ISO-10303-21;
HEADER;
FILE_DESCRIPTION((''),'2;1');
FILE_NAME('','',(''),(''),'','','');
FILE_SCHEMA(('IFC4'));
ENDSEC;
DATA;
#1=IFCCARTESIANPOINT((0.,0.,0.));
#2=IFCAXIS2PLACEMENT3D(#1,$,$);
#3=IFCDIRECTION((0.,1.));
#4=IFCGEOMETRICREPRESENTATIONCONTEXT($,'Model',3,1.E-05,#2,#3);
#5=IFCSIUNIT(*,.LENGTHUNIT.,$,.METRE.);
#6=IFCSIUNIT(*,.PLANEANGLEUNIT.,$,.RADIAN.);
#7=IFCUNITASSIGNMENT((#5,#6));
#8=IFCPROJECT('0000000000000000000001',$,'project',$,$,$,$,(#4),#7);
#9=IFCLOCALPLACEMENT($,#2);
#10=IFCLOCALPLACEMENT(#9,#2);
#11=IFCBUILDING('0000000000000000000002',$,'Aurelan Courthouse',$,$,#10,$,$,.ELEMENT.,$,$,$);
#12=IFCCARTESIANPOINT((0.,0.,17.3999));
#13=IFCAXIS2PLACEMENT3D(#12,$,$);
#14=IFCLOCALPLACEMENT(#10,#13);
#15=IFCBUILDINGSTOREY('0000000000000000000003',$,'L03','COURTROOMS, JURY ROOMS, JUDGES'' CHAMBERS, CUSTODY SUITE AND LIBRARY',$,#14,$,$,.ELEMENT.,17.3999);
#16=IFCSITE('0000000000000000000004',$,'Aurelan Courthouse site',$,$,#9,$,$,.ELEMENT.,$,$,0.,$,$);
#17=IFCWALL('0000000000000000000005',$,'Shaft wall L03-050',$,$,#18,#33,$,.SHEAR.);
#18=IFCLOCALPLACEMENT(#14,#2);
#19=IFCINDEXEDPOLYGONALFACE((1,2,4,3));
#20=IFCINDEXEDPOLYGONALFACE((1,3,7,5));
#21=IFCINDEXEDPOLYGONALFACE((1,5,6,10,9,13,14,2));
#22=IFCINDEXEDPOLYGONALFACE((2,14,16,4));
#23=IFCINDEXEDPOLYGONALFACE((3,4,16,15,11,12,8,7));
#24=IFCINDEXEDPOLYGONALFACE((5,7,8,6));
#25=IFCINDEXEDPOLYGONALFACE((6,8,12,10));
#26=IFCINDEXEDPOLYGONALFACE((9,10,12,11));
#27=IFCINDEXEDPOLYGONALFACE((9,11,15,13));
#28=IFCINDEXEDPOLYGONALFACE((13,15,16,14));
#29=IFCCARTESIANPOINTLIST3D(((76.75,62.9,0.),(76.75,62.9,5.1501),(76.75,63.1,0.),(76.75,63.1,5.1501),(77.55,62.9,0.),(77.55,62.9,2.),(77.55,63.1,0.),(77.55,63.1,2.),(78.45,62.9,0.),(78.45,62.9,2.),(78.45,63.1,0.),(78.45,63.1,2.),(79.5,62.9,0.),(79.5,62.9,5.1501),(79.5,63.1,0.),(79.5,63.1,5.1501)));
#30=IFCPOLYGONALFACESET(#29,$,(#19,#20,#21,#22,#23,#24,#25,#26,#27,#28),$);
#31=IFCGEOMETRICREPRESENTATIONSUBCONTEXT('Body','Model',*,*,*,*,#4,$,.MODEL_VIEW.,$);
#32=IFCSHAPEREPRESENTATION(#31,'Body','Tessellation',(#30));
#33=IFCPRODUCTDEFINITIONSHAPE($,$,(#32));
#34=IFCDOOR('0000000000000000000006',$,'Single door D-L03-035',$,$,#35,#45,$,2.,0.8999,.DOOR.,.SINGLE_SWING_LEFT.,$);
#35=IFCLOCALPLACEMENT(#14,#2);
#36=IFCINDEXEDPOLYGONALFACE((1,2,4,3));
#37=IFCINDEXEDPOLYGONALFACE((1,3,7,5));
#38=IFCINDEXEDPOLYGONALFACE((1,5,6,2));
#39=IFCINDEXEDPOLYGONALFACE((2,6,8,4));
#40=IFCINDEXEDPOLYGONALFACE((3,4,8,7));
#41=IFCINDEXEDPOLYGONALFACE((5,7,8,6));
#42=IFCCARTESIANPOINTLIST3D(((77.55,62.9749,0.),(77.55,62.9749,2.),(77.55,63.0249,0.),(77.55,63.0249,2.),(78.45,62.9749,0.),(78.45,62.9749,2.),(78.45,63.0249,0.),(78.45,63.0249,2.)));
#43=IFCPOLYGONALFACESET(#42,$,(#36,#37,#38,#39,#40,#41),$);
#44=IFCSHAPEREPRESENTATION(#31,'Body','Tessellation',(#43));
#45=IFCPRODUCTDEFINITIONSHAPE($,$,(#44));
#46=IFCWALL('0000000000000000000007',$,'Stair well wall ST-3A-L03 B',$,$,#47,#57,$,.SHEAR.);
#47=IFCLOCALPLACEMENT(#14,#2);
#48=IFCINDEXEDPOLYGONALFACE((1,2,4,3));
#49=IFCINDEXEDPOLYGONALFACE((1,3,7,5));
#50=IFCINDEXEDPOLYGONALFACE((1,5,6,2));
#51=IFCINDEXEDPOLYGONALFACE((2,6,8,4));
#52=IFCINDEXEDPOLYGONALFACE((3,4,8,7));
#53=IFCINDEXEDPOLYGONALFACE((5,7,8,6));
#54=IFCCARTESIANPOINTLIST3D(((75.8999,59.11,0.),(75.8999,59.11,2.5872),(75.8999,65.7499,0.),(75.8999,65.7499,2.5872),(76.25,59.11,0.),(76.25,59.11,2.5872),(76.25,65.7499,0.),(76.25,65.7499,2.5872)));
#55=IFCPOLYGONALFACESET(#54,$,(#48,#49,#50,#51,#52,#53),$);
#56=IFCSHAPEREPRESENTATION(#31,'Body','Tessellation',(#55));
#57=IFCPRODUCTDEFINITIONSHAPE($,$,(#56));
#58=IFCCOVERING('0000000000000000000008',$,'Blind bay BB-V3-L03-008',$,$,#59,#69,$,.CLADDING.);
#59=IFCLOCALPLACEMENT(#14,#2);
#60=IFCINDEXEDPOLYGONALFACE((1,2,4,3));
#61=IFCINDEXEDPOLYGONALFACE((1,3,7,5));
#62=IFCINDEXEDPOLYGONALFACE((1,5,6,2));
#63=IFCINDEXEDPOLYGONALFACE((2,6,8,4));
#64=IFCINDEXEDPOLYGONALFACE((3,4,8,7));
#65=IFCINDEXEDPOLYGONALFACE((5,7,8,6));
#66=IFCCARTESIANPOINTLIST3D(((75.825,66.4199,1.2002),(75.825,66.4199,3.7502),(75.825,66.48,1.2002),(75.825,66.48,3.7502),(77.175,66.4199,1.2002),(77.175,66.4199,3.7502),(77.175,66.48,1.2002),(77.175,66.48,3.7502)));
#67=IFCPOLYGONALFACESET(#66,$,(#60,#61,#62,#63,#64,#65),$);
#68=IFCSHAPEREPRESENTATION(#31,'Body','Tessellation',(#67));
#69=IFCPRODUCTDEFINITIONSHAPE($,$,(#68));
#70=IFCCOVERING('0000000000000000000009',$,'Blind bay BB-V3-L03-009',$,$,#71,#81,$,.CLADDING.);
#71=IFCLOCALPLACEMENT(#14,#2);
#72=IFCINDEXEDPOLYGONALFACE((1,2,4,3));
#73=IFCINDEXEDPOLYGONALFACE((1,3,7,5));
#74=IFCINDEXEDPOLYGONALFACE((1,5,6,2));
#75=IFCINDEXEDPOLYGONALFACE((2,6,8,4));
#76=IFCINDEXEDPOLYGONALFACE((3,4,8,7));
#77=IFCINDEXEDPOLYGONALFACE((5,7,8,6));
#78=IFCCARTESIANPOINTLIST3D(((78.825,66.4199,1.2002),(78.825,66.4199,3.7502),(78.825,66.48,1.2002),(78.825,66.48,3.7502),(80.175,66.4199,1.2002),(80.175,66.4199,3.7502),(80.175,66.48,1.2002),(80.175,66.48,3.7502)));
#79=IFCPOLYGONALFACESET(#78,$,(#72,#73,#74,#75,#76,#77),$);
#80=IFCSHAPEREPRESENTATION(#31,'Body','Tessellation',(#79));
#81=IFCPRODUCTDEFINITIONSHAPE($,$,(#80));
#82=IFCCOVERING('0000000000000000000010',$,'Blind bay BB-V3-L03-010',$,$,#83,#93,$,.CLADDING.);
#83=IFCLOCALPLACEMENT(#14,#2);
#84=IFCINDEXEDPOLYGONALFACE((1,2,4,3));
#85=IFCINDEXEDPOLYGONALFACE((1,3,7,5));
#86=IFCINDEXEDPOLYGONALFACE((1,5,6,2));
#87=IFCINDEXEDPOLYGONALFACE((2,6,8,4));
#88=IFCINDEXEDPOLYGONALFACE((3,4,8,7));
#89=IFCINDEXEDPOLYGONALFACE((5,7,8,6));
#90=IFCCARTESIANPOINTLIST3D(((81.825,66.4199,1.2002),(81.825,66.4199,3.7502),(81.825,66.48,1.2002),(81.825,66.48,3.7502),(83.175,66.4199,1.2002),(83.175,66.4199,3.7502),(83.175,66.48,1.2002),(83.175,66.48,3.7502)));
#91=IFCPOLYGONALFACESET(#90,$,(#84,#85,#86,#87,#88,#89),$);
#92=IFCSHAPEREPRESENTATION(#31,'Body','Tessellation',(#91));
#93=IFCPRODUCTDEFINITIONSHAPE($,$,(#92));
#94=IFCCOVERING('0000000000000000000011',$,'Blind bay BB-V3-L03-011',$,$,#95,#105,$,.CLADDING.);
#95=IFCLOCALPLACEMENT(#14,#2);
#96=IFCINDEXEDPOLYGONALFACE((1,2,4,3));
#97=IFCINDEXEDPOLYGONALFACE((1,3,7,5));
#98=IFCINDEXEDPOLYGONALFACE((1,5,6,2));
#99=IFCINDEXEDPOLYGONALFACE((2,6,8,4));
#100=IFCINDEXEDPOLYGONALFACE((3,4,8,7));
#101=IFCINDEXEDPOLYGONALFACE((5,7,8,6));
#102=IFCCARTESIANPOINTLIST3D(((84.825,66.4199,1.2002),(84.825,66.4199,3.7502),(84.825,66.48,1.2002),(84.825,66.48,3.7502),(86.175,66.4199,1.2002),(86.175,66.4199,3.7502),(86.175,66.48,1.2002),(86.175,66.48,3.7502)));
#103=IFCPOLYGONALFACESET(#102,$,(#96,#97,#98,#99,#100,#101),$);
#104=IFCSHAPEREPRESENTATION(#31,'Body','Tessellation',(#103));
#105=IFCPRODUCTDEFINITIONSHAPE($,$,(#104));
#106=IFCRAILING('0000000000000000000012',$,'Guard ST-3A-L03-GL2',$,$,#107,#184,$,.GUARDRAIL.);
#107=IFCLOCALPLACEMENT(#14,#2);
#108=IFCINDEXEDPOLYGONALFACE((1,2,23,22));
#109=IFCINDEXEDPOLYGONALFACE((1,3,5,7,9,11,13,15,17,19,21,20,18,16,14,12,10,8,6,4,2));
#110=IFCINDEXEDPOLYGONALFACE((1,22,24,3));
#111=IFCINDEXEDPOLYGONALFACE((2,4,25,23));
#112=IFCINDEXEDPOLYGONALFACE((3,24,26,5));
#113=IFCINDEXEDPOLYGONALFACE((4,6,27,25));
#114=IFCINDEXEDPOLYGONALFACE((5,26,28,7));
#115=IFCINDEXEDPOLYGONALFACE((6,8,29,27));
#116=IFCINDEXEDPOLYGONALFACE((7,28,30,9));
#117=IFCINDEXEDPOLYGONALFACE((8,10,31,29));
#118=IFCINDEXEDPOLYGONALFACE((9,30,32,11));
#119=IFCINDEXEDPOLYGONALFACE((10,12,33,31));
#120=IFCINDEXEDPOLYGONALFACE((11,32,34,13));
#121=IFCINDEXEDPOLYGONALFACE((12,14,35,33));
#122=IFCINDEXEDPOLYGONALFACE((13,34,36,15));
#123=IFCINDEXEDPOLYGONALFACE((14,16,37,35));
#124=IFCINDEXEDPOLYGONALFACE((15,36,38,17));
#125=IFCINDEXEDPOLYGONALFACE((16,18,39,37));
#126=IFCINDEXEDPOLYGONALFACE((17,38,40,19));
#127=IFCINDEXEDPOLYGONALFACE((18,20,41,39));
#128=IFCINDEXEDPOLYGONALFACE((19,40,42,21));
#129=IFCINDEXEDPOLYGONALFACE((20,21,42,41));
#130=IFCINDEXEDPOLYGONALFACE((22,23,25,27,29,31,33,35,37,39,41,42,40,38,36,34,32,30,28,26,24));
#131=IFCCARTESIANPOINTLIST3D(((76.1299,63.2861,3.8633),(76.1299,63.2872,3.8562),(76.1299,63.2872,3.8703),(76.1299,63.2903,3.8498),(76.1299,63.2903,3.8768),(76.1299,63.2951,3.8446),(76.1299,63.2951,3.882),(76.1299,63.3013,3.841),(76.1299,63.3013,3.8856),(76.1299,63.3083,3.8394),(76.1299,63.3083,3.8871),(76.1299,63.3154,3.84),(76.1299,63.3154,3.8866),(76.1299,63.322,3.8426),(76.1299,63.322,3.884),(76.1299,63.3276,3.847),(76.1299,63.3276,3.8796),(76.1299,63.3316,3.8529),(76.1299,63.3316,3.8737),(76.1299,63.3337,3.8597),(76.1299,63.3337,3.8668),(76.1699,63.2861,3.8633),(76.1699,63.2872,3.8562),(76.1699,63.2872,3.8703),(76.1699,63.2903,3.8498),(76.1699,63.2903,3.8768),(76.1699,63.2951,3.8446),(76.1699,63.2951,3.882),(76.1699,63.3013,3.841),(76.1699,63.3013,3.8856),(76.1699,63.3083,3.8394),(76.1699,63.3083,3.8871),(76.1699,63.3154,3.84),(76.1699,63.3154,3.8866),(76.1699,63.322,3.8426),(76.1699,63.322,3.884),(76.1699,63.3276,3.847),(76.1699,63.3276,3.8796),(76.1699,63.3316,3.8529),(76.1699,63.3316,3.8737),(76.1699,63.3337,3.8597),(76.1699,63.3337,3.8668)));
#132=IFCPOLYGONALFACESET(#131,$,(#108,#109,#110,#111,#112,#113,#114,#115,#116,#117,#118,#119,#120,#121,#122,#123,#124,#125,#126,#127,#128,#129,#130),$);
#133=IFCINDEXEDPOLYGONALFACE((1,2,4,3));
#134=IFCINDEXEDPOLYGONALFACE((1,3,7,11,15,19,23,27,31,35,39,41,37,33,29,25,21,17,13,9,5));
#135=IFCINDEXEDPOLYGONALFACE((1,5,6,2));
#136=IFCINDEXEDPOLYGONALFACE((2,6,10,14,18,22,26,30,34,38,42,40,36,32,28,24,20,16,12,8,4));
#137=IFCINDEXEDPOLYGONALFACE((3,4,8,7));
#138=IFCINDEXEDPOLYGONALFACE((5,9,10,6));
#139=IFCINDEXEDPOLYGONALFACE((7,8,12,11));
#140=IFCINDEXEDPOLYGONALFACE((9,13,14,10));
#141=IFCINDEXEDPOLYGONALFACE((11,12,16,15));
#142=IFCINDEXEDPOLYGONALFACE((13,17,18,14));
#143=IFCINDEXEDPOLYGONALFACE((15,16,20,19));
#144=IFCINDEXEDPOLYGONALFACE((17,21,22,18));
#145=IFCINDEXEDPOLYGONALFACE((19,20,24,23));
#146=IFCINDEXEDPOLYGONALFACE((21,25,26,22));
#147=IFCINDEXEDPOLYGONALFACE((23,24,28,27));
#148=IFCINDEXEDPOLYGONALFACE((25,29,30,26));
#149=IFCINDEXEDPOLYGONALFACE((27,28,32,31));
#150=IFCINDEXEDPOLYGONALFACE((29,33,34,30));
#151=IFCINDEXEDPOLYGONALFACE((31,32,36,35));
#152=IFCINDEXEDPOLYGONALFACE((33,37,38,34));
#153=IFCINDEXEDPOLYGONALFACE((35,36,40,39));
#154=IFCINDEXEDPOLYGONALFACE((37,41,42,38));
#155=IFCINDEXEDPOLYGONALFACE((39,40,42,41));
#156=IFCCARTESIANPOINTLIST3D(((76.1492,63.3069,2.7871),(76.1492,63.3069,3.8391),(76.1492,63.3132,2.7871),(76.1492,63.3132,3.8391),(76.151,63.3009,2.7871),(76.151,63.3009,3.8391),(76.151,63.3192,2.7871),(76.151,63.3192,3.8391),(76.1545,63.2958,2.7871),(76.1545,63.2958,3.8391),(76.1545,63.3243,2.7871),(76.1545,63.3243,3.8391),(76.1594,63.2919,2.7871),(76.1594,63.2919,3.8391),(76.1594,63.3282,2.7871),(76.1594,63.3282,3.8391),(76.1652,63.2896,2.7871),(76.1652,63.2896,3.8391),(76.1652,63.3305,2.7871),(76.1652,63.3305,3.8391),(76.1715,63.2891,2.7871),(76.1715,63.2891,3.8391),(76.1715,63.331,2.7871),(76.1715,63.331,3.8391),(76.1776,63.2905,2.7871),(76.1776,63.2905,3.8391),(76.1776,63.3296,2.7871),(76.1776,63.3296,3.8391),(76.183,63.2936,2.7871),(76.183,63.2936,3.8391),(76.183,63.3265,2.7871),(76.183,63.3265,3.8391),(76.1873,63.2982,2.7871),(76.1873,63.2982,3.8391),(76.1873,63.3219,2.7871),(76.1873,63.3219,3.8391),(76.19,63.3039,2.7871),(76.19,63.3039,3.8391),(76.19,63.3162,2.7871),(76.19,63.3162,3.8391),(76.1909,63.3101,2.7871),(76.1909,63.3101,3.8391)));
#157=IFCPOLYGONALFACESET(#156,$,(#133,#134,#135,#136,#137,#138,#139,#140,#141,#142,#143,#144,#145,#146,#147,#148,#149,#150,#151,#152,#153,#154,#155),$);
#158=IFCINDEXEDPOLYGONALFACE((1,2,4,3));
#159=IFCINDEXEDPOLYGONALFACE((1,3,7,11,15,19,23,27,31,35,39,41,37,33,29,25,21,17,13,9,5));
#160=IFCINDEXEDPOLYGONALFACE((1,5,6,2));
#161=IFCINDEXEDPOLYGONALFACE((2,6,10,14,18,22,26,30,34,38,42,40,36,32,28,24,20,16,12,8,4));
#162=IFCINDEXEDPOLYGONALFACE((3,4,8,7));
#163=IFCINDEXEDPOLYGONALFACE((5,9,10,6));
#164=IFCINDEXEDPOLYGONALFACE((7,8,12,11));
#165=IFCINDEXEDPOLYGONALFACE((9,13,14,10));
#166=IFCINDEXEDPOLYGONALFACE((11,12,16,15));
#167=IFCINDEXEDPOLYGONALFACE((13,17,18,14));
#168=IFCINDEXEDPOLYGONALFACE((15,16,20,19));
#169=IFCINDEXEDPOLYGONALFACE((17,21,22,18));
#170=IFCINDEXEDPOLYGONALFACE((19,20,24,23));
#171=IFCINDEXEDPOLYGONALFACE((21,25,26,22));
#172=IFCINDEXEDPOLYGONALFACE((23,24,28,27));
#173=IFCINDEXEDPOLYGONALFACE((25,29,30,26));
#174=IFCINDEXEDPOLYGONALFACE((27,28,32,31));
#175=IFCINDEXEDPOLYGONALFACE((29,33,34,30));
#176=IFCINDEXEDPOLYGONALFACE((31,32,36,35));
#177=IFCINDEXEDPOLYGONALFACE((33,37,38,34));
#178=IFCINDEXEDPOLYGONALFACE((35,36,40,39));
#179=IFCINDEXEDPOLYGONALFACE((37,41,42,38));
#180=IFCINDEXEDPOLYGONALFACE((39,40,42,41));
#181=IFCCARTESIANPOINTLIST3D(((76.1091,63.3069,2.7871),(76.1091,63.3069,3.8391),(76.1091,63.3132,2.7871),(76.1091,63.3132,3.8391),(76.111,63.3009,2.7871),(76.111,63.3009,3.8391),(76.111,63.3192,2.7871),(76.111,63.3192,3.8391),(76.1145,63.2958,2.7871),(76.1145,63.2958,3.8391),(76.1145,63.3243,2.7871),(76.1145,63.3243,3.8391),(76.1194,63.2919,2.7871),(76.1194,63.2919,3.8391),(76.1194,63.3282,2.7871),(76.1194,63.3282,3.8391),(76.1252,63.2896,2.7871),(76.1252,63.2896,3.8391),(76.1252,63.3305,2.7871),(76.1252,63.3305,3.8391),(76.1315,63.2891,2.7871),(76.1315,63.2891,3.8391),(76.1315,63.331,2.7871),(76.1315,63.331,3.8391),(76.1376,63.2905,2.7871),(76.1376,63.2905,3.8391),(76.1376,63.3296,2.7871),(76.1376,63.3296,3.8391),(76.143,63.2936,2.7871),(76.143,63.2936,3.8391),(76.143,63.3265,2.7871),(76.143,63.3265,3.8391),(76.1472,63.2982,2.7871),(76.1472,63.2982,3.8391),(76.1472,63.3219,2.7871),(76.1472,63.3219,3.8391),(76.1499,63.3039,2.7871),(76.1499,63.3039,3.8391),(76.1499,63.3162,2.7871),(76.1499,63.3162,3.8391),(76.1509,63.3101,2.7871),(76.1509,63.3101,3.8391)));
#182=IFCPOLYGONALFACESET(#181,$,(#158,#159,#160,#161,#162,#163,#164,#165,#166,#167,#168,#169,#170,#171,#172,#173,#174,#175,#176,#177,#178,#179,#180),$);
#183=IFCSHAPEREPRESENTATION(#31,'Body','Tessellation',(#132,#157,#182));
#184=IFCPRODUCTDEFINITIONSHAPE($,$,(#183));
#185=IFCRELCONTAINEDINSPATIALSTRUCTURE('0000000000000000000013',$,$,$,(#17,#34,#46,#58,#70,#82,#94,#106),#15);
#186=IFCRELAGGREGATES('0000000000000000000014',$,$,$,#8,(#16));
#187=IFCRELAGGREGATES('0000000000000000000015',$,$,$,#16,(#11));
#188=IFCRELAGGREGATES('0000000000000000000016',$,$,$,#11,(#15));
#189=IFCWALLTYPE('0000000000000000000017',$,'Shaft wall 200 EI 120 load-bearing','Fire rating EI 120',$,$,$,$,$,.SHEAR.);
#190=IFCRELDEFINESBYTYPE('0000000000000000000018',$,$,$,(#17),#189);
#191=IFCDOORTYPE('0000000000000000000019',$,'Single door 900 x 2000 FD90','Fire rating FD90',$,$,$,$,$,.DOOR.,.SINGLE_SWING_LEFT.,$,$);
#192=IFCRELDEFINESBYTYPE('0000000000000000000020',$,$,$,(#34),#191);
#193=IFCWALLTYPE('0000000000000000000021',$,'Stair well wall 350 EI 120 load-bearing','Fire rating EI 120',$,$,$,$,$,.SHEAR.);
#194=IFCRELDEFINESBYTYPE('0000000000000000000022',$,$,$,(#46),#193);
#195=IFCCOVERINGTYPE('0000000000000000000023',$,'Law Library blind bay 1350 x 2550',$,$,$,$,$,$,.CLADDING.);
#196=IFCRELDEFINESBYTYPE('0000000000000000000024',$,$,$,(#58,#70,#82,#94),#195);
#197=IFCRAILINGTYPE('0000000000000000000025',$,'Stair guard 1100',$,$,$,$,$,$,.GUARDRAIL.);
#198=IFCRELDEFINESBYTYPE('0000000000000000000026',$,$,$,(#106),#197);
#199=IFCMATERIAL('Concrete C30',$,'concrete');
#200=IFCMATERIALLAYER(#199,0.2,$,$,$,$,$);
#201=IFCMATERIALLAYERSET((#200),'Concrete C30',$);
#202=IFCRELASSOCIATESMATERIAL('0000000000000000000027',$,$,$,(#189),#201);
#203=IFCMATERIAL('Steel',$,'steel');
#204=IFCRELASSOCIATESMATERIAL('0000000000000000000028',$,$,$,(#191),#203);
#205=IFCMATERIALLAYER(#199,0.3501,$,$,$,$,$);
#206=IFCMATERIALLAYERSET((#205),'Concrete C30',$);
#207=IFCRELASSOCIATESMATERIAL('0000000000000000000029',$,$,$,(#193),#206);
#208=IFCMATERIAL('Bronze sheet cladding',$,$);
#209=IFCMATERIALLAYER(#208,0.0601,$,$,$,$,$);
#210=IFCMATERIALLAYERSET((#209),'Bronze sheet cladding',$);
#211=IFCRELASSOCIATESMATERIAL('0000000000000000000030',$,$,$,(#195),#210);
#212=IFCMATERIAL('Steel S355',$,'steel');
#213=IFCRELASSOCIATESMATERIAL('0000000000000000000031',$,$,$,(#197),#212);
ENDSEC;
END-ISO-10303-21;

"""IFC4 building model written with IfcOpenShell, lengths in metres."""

from ifc_helpers import new_model, si_unit, direction, frame, frame_2d, origin, origin_2d, place, context, subcontext, project, spatial, rectangle, circle, extrude, material, layer, layer_set, type_object, element, fill, save


model = new_model("IFC4")

# Units and contexts
model_context = context("Model", 3, precision=1e-05, world=origin(), true_north=direction((0.0, 1.0)))
body_context = subcontext(model_context, "Body", "Model", "MODEL_VIEW")
ifc_project = project(units=[si_unit("LENGTHUNIT", "METRE"), si_unit("PLANEANGLEUNIT", "RADIAN")], contexts=[model_context])

# Site, building, storey
site_placement = place(None, origin())
site = spatial("IfcSite", under=ifc_project, at=site_placement, Name="Aurelan Courthouse site", CompositionType="ELEMENT", RefElevation=0.0)
building_placement = place(site_placement, origin())
building = spatial("IfcBuilding", under=site, at=building_placement, Name="Aurelan Courthouse", CompositionType="ELEMENT")
storey_placement = place(building_placement, frame((0.0, 0.0, 17.3999)))
storey = spatial("IfcBuildingStorey", under=building, at=storey_placement, Name="L03", Description="COURTROOMS, JURY ROOMS, JUDGES' CHAMBERS, CUSTODY SUITE AND LIBRARY", CompositionType="ELEMENT", Elevation=17.3999)

# Shared definitions
ifc_material_1 = material(Name="Concrete C30", Category="concrete")

# Shared definitions
ifc_material_2 = material(Name="Steel", Category="steel")

# Wall, opening, door
ifc_layer_1 = layer(ifc_material_1, 0.2)
ifc_layer_set_1 = layer_set([ifc_layer_1], Name="Concrete C30")
wall_type_1 = type_object("IfcWallType", Name="Shaft wall 200 EI 120 load-bearing", Description="Fire rating EI 120", PredefinedType="SHEAR", material=ifc_layer_set_1)
wall_1_placement = place(storey_placement, frame((76.75, 63.0, 0.0), z_axis=(0.0, 0.0, 1.0), x_axis=(1.0, 0.0, 0.0)))
wall_1 = element("IfcWall", 1, at=wall_1_placement, inside=storey, type_object=wall_type_1, Name="Shaft wall L03-050", PredefinedType="SHEAR", context=body_context, shape_type="SweptSolid", body=[
    extrude(rectangle(XDim=2.75, YDim=0.2, at=frame_2d((1.375, 0.0))), origin(), (0.0, 0.0, 1.0), 5.1501),
])
opening_1_placement = place(wall_1_placement, frame((0.8, 0.0, 0.0)))
opening_1 = element("IfcOpeningElement", 2, at=opening_1_placement, cuts=wall_1, PredefinedType="OPENING", context=body_context, shape_type="SweptSolid", body=[
    extrude(rectangle(XDim=0.8999, YDim=2.0, at=frame_2d((0.45, 1.0))), frame((0.0, 0.1099, 0.0), z_axis=(0.0, -1.0, 0.0), x_axis=(1.0, 0.0, 0.0)), (0.0, 0.0, 1.0), 0.22),
])
door_type_1 = type_object("IfcDoorType", Name="Single door 900 x 2000 FD90", Description="Fire rating FD90", OperationType="SINGLE_SWING_LEFT", PredefinedType="DOOR", material=ifc_material_2)
door_1_placement = place(opening_1_placement, origin())
door_1 = element("IfcDoor", 3, at=door_1_placement, inside=storey, type_object=door_type_1, Name="Single door D-L03-035", OperationType="SINGLE_SWING_LEFT", OverallHeight=2.0, OverallWidth=0.8999, PredefinedType="DOOR", context=body_context, shape_type="SweptSolid", body=[
    extrude(rectangle(XDim=0.8999, YDim=2.0, at=frame_2d((0.45, 1.0))), frame((0.0, 0.0249, 0.0), z_axis=(0.0, -1.0, 0.0), x_axis=(1.0, 0.0, 0.0)), (0.0, 0.0, 1.0), 0.05),
])
fill(opening_1, door_1)

# Wall
ifc_layer_2 = layer(ifc_material_1, 0.3501)
ifc_layer_set_2 = layer_set([ifc_layer_2], Name="Concrete C30")
wall_type_2 = type_object("IfcWallType", Name="Stair well wall 350 EI 120 load-bearing", Description="Fire rating EI 120", PredefinedType="SHEAR", material=ifc_layer_set_2)
wall_2_placement = place(storey_placement, frame((76.075, 59.1101, 0.0), z_axis=(0.0, 0.0, 1.0), x_axis=(0.0, 1.0, 0.0)))
element("IfcWall", 4, at=wall_2_placement, inside=storey, type_object=wall_type_2, Name="Stair well wall ST-3A-L03 B", PredefinedType="SHEAR", context=body_context, shape_type="SweptSolid", body=[
    extrude(rectangle(XDim=6.6399, YDim=0.3501, at=frame_2d((3.3198, 0.0))), origin(), (0.0, 0.0, 1.0), 2.5872),
])

# Coverings
ifc_material_3 = material(Name="Bronze sheet cladding")
ifc_layer_3 = layer(ifc_material_3, 0.0601)
ifc_layer_set_3 = layer_set([ifc_layer_3], Name="Bronze sheet cladding")
covering_type = type_object("IfcCoveringType", Name="Law Library blind bay 1350 x 2550", PredefinedType="CLADDING", material=ifc_layer_set_3)
for number, where, z_axis, x_axis, name in (
    (5, (76.5, 66.45, 1.2002), (0.0, 0.0, 1.0), (1.0, 0.0, 0.0), "Blind bay BB-V3-L03-008"),
    (6, (79.5, 66.45, 1.2002), (0.0, 0.0, 1.0), (1.0, 0.0, 0.0), "Blind bay BB-V3-L03-009"),
    (7, (82.5, 66.45, 1.2002), (0.0, 0.0, 1.0), (1.0, 0.0, 0.0), "Blind bay BB-V3-L03-010"),
    (8, (85.5, 66.45, 1.2002), (0.0, 0.0, 1.0), (1.0, 0.0, 0.0), "Blind bay BB-V3-L03-011"),
):
    element("IfcCovering", number, at=place(storey_placement, frame(where, z_axis=z_axis, x_axis=x_axis)), inside=storey, type_object=covering_type, Name=name, PredefinedType="CLADDING", context=body_context, shape_type="SweptSolid", body=[
        extrude(rectangle(XDim=1.3501, YDim=0.0601, at=origin_2d()), origin(), (0.0, 0.0, 1.0), 2.55),
    ])

# Railing
ifc_material_4 = material(Name="Steel S355", Category="steel")
railing_type_1 = type_object("IfcRailingType", Name="Stair guard 1100", PredefinedType="GUARDRAIL", material=ifc_material_4)
railing_1_placement = place(storey_placement, frame((76.1699, 63.3101, 2.7871)))
element("IfcRailing", 9, at=railing_1_placement, inside=storey, type_object=railing_type_1, Name="Guard ST-3A-L03-GL2", PredefinedType="GUARDRAIL", context=body_context, shape_type="SweptSolid", body=[
    extrude(circle(Radius=0.0239, at=origin_2d()), frame((0.0, 0.0, 1.0762), z_axis=(-1.0, 0.0, 0.0), x_axis=(0.0, -1.0, 0.0)), (0.0, 0.0, 1.0), 0.04),
    extrude(circle(Radius=0.021, at=origin_2d()), origin(), (0.0, 0.0, 1.0), 1.052),
    extrude(circle(Radius=0.021, at=origin_2d()), frame((-0.04, 0.0, 0.0)), (0.0, 0.0, 1.0), 1.052),
])

save(model, "model.ifc")
